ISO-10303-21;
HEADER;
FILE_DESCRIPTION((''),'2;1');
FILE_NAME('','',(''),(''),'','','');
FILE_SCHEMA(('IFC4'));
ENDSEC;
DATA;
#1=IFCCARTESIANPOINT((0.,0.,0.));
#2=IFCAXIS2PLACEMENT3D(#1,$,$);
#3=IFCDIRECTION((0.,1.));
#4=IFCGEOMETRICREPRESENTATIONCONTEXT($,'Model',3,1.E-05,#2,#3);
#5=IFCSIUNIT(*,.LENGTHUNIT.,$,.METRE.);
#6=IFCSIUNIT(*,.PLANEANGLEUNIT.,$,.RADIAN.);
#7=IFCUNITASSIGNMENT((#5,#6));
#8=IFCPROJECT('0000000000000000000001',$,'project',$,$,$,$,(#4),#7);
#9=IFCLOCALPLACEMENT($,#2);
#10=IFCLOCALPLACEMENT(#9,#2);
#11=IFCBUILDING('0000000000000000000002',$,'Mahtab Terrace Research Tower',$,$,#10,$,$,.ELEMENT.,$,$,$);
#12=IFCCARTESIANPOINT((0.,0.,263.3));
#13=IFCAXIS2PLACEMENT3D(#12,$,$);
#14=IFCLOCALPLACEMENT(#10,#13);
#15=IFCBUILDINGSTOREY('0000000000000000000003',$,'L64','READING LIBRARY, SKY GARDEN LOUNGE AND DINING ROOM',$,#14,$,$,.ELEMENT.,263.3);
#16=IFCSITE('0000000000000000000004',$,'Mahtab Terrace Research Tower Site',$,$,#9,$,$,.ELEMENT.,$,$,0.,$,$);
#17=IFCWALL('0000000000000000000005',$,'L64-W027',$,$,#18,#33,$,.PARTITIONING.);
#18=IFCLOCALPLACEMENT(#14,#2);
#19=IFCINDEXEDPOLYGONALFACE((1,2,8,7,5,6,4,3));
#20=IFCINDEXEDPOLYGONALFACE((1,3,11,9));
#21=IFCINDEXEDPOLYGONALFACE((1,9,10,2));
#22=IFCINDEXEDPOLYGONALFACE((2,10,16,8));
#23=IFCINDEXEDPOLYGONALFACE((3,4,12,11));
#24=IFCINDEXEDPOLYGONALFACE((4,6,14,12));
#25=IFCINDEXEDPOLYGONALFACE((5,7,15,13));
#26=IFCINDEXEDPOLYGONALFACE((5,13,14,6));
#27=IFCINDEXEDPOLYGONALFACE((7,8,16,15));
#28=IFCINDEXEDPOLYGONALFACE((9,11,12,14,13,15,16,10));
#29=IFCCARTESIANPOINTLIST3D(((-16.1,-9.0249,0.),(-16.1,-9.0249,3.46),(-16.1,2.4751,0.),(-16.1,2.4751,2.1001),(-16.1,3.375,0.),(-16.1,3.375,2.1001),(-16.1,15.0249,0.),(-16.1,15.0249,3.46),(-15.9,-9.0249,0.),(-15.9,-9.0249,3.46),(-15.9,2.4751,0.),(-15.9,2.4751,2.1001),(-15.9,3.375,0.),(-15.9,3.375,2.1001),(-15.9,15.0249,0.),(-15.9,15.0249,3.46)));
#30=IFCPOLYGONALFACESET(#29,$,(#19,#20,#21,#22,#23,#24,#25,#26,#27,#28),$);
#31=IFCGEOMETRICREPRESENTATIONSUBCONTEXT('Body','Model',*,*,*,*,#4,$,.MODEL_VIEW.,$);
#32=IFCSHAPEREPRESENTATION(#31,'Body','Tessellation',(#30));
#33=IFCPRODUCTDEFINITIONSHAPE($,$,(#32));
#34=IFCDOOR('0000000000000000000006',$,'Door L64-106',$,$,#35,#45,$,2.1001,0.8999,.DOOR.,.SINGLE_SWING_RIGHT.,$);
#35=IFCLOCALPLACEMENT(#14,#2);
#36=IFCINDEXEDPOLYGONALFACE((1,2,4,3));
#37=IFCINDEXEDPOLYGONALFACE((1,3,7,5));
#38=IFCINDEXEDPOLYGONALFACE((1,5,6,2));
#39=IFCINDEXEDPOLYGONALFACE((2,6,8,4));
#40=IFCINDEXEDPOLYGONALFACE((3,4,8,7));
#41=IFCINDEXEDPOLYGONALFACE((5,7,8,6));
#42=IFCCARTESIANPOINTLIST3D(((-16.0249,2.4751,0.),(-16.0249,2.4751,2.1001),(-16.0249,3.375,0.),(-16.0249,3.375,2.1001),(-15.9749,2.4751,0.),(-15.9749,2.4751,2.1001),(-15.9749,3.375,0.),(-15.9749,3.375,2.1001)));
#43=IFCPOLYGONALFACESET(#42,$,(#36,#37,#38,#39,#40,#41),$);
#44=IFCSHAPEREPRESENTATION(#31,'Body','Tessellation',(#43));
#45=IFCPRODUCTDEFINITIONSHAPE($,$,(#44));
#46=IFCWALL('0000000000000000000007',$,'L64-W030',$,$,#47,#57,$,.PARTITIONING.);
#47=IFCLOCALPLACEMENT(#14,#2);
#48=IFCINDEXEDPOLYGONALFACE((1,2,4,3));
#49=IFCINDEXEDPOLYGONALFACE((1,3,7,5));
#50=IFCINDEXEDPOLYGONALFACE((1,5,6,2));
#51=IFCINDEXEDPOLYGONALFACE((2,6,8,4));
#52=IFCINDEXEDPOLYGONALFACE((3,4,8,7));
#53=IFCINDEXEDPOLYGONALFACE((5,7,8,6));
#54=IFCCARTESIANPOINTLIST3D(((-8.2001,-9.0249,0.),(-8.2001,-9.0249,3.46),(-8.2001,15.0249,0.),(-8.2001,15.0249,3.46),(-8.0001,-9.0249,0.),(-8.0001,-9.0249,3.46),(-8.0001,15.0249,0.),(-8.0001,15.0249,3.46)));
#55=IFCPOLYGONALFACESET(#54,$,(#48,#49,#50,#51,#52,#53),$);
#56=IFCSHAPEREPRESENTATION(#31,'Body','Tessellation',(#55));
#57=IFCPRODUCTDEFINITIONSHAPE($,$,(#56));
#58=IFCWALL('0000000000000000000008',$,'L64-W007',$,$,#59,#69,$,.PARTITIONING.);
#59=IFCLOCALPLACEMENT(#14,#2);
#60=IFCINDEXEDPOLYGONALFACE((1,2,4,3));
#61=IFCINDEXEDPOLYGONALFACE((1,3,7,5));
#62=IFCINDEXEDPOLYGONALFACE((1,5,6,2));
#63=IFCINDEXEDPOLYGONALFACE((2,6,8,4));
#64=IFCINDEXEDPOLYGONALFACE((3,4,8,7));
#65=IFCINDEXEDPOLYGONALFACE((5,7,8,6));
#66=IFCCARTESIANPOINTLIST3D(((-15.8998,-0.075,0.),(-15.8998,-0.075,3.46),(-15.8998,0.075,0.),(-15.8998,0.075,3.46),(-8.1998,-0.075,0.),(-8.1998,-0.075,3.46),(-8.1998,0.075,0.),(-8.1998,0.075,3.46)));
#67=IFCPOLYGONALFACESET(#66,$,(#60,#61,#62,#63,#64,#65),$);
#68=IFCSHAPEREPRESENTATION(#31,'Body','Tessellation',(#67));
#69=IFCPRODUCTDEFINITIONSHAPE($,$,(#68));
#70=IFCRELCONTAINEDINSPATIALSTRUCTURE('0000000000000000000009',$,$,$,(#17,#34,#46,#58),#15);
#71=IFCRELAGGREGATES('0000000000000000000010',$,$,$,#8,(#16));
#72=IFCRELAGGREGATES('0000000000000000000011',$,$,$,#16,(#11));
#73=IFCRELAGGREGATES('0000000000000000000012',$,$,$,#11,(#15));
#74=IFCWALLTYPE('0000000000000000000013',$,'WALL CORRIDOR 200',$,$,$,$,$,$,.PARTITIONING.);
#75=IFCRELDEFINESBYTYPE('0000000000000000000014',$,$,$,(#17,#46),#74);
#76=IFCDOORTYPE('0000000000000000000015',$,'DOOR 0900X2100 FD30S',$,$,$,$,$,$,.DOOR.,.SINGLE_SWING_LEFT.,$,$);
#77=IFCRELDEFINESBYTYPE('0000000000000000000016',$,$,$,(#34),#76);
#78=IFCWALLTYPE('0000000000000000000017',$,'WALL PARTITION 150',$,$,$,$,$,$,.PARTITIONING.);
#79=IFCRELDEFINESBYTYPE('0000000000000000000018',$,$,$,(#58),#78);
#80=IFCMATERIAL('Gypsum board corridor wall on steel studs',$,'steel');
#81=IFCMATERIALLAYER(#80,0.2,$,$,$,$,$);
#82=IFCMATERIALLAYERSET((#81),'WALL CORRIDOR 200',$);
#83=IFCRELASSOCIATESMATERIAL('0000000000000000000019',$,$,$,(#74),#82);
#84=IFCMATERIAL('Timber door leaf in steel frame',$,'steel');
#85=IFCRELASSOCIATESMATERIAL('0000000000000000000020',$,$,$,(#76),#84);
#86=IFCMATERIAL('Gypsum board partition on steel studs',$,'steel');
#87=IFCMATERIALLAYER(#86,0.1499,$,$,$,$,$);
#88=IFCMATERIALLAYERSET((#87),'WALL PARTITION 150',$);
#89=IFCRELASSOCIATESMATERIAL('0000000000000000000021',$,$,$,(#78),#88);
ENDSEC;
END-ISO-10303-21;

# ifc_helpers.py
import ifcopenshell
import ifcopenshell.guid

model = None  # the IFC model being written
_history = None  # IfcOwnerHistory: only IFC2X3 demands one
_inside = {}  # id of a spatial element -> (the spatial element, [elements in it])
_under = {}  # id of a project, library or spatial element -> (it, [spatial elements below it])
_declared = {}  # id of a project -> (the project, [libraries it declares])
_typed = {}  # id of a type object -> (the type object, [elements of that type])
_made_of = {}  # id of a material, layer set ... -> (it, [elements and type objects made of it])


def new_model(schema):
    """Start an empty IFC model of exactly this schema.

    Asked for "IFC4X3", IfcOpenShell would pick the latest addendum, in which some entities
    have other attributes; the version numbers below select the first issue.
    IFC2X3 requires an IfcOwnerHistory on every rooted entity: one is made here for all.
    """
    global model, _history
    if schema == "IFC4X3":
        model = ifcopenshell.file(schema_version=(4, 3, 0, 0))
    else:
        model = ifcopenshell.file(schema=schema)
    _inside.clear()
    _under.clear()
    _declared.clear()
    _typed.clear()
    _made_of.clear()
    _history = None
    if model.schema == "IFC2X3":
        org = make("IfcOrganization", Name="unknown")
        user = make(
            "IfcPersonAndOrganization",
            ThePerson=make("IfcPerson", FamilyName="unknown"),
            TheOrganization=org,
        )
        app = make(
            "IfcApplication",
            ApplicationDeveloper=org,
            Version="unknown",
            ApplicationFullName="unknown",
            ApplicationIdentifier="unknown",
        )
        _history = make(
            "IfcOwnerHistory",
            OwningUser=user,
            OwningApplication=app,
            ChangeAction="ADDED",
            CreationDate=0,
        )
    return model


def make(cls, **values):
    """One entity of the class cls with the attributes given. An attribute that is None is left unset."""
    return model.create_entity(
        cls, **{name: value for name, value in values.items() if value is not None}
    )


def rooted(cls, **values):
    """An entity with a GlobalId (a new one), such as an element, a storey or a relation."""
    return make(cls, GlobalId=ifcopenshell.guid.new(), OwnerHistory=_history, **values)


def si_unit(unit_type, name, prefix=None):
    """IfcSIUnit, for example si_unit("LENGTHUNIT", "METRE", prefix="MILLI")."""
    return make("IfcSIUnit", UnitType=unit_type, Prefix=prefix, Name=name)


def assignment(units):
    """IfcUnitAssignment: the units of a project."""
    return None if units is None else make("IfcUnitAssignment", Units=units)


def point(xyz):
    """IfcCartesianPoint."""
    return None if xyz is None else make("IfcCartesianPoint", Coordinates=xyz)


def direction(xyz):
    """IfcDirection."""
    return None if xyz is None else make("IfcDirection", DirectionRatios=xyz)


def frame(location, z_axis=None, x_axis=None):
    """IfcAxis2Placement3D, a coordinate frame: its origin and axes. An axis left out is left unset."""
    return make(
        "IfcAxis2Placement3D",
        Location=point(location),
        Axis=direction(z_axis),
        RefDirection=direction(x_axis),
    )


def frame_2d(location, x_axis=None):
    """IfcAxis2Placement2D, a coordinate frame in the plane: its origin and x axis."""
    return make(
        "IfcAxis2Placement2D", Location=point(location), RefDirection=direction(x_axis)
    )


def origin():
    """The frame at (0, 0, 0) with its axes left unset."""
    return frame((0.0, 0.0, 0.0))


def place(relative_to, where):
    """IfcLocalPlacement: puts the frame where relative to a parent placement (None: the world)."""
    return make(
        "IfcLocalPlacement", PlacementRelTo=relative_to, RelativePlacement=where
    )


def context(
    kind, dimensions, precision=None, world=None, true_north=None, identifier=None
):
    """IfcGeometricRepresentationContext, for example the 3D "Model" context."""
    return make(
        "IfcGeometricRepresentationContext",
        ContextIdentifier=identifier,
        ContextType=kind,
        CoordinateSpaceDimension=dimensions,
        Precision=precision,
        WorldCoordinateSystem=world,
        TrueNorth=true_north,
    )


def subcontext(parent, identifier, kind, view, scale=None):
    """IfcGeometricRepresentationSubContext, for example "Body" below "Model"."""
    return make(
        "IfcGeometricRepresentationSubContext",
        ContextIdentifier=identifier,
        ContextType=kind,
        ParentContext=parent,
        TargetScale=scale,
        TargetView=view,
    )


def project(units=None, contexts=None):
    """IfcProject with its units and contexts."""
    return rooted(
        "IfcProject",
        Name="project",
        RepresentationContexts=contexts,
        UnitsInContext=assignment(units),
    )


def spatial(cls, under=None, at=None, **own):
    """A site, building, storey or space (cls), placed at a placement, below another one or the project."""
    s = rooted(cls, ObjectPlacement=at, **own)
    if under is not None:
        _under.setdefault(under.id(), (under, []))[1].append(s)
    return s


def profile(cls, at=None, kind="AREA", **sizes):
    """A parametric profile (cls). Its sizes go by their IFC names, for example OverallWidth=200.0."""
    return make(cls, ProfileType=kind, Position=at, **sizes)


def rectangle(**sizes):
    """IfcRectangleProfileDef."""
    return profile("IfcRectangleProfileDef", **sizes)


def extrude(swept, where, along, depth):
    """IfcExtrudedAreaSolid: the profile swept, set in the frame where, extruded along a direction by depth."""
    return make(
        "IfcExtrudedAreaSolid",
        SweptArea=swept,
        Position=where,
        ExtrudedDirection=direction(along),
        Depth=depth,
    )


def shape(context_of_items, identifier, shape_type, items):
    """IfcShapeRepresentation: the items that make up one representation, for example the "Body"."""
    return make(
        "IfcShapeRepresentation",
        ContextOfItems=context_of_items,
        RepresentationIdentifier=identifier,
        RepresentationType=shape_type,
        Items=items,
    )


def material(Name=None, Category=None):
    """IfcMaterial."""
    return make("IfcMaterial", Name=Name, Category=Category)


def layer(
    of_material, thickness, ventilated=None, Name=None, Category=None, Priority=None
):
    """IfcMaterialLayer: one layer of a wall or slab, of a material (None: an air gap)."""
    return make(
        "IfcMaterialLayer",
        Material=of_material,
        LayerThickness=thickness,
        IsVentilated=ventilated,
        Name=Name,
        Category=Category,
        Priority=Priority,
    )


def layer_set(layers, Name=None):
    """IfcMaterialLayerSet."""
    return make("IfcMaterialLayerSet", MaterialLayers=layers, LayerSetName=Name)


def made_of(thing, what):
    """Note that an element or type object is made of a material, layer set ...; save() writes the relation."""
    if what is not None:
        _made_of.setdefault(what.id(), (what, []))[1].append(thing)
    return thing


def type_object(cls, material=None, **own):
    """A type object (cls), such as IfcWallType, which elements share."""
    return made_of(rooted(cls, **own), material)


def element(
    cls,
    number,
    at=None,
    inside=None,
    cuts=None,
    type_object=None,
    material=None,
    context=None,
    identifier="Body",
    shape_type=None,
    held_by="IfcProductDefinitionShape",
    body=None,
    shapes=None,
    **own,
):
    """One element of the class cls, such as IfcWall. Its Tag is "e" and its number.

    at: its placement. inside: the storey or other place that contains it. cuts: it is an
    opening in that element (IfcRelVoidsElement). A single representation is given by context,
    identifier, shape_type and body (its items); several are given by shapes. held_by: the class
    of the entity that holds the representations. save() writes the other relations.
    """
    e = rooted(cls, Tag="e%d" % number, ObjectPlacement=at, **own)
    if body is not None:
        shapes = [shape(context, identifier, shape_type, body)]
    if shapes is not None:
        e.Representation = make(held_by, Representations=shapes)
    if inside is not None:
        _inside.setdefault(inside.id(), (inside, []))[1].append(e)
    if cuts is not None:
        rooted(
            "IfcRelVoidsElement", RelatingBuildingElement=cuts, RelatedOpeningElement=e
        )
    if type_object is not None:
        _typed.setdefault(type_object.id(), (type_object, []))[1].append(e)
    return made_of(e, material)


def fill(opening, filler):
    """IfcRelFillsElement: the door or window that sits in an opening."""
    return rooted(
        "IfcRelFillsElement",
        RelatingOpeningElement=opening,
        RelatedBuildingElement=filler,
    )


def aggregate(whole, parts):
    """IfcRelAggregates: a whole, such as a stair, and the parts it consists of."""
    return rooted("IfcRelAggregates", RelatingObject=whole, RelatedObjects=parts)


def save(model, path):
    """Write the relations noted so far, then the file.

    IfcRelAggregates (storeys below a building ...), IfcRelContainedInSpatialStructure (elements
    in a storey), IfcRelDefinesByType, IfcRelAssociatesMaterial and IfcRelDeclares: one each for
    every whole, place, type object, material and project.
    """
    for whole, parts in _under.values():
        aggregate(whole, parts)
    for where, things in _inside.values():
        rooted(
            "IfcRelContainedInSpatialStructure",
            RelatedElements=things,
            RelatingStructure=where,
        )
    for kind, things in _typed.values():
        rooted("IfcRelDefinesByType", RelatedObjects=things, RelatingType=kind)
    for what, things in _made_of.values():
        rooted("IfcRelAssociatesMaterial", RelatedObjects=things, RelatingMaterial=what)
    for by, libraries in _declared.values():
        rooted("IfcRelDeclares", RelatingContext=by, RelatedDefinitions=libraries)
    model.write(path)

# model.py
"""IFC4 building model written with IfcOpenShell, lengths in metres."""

from ifc_helpers import new_model, si_unit, direction, frame, frame_2d, origin, place, context, subcontext, project, spatial, rectangle, extrude, material, layer, layer_set, type_object, element, fill, save


model = new_model("IFC4")

# Units and contexts
model_context = context("Model", 3, precision=1e-05, world=origin(), true_north=direction((0.0, 1.0)))
body_context = subcontext(model_context, "Body", "Model", "MODEL_VIEW")
ifc_project = project(units=[si_unit("LENGTHUNIT", "METRE"), si_unit("PLANEANGLEUNIT", "RADIAN")], contexts=[model_context])

# Site, building, storey
site_placement = place(None, origin())
site = spatial("IfcSite", under=ifc_project, at=site_placement, Name="Mahtab Terrace Research Tower Site", CompositionType="ELEMENT", RefElevation=0.0)
building_placement = place(site_placement, origin())
building = spatial("IfcBuilding", under=site, at=building_placement, Name="Mahtab Terrace Research Tower", CompositionType="ELEMENT")
storey_placement = place(building_placement, frame((0.0, 0.0, 263.3)))
storey = spatial("IfcBuildingStorey", under=building, at=storey_placement, Name="L64", Description="READING LIBRARY, SKY GARDEN LOUNGE AND DINING ROOM", CompositionType="ELEMENT", Elevation=263.3)

# Wall, opening, door
ifc_material_1 = material(Name="Gypsum board corridor wall on steel studs", Category="steel")
ifc_layer_1 = layer(ifc_material_1, 0.2)
ifc_layer_set_1 = layer_set([ifc_layer_1], Name="WALL CORRIDOR 200")
wall_type_1 = type_object("IfcWallType", Name="WALL CORRIDOR 200", PredefinedType="PARTITIONING", material=ifc_layer_set_1)
ifc_material_2 = material(Name="Timber door leaf in steel frame", Category="steel")
door_type_1 = type_object("IfcDoorType", Name="DOOR 0900X2100 FD30S", OperationType="SINGLE_SWING_LEFT", PredefinedType="DOOR", material=ifc_material_2)
wall_1_placement = place(storey_placement, frame((-16.0, -9.0249, 0.0), z_axis=(0.0, 0.0, 1.0), x_axis=(0.0, 1.0, 0.0)))
wall_1 = element("IfcWall", 1, at=wall_1_placement, inside=storey, type_object=wall_type_1, Name="L64-W027", PredefinedType="PARTITIONING", context=body_context, shape_type="SweptSolid", body=[
    extrude(rectangle(XDim=24.0498, YDim=0.2, at=frame_2d((12.0249, 0.0))), origin(), (0.0, 0.0, 1.0), 3.46),
])
opening_1_placement = place(wall_1_placement, frame((11.5, 0.0, 0.0)))
opening_1 = element("IfcOpeningElement", 2, at=opening_1_placement, cuts=wall_1, PredefinedType="OPENING", context=body_context, shape_type="SweptSolid", body=[
    extrude(rectangle(XDim=0.8999, YDim=2.1001, at=frame_2d((0.45, 1.05))), frame((0.0, 0.1099, 0.0), z_axis=(0.0, -1.0, 0.0), x_axis=(1.0, 0.0, 0.0)), (0.0, 0.0, 1.0), 0.22),
])
door_1_placement = place(opening_1_placement, origin())
door_1 = element("IfcDoor", 3, at=door_1_placement, inside=storey, type_object=door_type_1, Name="Door L64-106", OperationType="SINGLE_SWING_RIGHT", OverallHeight=2.1001, OverallWidth=0.8999, PredefinedType="DOOR", context=body_context, shape_type="SweptSolid", body=[
    extrude(rectangle(XDim=0.8999, YDim=2.1001, at=frame_2d((0.45, 1.05))), frame((0.0, 0.0249, 0.0), z_axis=(0.0, -1.0, 0.0), x_axis=(1.0, 0.0, 0.0)), (0.0, 0.0, 1.0), 0.05),
])
fill(opening_1, door_1)

# Walls
wall_2_placement = place(storey_placement, frame((-8.1001, -9.0249, 0.0), z_axis=(0.0, 0.0, 1.0), x_axis=(0.0, 1.0, 0.0)))
element("IfcWall", 4, at=wall_2_placement, inside=storey, type_object=wall_type_1, Name="L64-W030", PredefinedType="PARTITIONING", context=body_context, shape_type="SweptSolid", body=[
    extrude(rectangle(XDim=24.0498, YDim=0.2, at=frame_2d((12.0249, 0.0))), origin(), (0.0, 0.0, 1.0), 3.46),
])
ifc_material_3 = material(Name="Gypsum board partition on steel studs", Category="steel")
ifc_layer_2 = layer(ifc_material_3, 0.1499)
ifc_layer_set_2 = layer_set([ifc_layer_2], Name="WALL PARTITION 150")
wall_type_2 = type_object("IfcWallType", Name="WALL PARTITION 150", PredefinedType="PARTITIONING", material=ifc_layer_set_2)
wall_3_placement = place(storey_placement, frame((-15.8999, 0.0, 0.0), z_axis=(0.0, 0.0, 1.0), x_axis=(1.0, 0.0, 0.0)))
element("IfcWall", 5, at=wall_3_placement, inside=storey, type_object=wall_type_2, Name="L64-W007", PredefinedType="PARTITIONING", context=body_context, shape_type="SweptSolid", body=[
    extrude(rectangle(XDim=7.7, YDim=0.1499, at=frame_2d((3.8501, 0.0))), origin(), (0.0, 0.0, 1.0), 3.46),
])

save(model, "model.ifc")
